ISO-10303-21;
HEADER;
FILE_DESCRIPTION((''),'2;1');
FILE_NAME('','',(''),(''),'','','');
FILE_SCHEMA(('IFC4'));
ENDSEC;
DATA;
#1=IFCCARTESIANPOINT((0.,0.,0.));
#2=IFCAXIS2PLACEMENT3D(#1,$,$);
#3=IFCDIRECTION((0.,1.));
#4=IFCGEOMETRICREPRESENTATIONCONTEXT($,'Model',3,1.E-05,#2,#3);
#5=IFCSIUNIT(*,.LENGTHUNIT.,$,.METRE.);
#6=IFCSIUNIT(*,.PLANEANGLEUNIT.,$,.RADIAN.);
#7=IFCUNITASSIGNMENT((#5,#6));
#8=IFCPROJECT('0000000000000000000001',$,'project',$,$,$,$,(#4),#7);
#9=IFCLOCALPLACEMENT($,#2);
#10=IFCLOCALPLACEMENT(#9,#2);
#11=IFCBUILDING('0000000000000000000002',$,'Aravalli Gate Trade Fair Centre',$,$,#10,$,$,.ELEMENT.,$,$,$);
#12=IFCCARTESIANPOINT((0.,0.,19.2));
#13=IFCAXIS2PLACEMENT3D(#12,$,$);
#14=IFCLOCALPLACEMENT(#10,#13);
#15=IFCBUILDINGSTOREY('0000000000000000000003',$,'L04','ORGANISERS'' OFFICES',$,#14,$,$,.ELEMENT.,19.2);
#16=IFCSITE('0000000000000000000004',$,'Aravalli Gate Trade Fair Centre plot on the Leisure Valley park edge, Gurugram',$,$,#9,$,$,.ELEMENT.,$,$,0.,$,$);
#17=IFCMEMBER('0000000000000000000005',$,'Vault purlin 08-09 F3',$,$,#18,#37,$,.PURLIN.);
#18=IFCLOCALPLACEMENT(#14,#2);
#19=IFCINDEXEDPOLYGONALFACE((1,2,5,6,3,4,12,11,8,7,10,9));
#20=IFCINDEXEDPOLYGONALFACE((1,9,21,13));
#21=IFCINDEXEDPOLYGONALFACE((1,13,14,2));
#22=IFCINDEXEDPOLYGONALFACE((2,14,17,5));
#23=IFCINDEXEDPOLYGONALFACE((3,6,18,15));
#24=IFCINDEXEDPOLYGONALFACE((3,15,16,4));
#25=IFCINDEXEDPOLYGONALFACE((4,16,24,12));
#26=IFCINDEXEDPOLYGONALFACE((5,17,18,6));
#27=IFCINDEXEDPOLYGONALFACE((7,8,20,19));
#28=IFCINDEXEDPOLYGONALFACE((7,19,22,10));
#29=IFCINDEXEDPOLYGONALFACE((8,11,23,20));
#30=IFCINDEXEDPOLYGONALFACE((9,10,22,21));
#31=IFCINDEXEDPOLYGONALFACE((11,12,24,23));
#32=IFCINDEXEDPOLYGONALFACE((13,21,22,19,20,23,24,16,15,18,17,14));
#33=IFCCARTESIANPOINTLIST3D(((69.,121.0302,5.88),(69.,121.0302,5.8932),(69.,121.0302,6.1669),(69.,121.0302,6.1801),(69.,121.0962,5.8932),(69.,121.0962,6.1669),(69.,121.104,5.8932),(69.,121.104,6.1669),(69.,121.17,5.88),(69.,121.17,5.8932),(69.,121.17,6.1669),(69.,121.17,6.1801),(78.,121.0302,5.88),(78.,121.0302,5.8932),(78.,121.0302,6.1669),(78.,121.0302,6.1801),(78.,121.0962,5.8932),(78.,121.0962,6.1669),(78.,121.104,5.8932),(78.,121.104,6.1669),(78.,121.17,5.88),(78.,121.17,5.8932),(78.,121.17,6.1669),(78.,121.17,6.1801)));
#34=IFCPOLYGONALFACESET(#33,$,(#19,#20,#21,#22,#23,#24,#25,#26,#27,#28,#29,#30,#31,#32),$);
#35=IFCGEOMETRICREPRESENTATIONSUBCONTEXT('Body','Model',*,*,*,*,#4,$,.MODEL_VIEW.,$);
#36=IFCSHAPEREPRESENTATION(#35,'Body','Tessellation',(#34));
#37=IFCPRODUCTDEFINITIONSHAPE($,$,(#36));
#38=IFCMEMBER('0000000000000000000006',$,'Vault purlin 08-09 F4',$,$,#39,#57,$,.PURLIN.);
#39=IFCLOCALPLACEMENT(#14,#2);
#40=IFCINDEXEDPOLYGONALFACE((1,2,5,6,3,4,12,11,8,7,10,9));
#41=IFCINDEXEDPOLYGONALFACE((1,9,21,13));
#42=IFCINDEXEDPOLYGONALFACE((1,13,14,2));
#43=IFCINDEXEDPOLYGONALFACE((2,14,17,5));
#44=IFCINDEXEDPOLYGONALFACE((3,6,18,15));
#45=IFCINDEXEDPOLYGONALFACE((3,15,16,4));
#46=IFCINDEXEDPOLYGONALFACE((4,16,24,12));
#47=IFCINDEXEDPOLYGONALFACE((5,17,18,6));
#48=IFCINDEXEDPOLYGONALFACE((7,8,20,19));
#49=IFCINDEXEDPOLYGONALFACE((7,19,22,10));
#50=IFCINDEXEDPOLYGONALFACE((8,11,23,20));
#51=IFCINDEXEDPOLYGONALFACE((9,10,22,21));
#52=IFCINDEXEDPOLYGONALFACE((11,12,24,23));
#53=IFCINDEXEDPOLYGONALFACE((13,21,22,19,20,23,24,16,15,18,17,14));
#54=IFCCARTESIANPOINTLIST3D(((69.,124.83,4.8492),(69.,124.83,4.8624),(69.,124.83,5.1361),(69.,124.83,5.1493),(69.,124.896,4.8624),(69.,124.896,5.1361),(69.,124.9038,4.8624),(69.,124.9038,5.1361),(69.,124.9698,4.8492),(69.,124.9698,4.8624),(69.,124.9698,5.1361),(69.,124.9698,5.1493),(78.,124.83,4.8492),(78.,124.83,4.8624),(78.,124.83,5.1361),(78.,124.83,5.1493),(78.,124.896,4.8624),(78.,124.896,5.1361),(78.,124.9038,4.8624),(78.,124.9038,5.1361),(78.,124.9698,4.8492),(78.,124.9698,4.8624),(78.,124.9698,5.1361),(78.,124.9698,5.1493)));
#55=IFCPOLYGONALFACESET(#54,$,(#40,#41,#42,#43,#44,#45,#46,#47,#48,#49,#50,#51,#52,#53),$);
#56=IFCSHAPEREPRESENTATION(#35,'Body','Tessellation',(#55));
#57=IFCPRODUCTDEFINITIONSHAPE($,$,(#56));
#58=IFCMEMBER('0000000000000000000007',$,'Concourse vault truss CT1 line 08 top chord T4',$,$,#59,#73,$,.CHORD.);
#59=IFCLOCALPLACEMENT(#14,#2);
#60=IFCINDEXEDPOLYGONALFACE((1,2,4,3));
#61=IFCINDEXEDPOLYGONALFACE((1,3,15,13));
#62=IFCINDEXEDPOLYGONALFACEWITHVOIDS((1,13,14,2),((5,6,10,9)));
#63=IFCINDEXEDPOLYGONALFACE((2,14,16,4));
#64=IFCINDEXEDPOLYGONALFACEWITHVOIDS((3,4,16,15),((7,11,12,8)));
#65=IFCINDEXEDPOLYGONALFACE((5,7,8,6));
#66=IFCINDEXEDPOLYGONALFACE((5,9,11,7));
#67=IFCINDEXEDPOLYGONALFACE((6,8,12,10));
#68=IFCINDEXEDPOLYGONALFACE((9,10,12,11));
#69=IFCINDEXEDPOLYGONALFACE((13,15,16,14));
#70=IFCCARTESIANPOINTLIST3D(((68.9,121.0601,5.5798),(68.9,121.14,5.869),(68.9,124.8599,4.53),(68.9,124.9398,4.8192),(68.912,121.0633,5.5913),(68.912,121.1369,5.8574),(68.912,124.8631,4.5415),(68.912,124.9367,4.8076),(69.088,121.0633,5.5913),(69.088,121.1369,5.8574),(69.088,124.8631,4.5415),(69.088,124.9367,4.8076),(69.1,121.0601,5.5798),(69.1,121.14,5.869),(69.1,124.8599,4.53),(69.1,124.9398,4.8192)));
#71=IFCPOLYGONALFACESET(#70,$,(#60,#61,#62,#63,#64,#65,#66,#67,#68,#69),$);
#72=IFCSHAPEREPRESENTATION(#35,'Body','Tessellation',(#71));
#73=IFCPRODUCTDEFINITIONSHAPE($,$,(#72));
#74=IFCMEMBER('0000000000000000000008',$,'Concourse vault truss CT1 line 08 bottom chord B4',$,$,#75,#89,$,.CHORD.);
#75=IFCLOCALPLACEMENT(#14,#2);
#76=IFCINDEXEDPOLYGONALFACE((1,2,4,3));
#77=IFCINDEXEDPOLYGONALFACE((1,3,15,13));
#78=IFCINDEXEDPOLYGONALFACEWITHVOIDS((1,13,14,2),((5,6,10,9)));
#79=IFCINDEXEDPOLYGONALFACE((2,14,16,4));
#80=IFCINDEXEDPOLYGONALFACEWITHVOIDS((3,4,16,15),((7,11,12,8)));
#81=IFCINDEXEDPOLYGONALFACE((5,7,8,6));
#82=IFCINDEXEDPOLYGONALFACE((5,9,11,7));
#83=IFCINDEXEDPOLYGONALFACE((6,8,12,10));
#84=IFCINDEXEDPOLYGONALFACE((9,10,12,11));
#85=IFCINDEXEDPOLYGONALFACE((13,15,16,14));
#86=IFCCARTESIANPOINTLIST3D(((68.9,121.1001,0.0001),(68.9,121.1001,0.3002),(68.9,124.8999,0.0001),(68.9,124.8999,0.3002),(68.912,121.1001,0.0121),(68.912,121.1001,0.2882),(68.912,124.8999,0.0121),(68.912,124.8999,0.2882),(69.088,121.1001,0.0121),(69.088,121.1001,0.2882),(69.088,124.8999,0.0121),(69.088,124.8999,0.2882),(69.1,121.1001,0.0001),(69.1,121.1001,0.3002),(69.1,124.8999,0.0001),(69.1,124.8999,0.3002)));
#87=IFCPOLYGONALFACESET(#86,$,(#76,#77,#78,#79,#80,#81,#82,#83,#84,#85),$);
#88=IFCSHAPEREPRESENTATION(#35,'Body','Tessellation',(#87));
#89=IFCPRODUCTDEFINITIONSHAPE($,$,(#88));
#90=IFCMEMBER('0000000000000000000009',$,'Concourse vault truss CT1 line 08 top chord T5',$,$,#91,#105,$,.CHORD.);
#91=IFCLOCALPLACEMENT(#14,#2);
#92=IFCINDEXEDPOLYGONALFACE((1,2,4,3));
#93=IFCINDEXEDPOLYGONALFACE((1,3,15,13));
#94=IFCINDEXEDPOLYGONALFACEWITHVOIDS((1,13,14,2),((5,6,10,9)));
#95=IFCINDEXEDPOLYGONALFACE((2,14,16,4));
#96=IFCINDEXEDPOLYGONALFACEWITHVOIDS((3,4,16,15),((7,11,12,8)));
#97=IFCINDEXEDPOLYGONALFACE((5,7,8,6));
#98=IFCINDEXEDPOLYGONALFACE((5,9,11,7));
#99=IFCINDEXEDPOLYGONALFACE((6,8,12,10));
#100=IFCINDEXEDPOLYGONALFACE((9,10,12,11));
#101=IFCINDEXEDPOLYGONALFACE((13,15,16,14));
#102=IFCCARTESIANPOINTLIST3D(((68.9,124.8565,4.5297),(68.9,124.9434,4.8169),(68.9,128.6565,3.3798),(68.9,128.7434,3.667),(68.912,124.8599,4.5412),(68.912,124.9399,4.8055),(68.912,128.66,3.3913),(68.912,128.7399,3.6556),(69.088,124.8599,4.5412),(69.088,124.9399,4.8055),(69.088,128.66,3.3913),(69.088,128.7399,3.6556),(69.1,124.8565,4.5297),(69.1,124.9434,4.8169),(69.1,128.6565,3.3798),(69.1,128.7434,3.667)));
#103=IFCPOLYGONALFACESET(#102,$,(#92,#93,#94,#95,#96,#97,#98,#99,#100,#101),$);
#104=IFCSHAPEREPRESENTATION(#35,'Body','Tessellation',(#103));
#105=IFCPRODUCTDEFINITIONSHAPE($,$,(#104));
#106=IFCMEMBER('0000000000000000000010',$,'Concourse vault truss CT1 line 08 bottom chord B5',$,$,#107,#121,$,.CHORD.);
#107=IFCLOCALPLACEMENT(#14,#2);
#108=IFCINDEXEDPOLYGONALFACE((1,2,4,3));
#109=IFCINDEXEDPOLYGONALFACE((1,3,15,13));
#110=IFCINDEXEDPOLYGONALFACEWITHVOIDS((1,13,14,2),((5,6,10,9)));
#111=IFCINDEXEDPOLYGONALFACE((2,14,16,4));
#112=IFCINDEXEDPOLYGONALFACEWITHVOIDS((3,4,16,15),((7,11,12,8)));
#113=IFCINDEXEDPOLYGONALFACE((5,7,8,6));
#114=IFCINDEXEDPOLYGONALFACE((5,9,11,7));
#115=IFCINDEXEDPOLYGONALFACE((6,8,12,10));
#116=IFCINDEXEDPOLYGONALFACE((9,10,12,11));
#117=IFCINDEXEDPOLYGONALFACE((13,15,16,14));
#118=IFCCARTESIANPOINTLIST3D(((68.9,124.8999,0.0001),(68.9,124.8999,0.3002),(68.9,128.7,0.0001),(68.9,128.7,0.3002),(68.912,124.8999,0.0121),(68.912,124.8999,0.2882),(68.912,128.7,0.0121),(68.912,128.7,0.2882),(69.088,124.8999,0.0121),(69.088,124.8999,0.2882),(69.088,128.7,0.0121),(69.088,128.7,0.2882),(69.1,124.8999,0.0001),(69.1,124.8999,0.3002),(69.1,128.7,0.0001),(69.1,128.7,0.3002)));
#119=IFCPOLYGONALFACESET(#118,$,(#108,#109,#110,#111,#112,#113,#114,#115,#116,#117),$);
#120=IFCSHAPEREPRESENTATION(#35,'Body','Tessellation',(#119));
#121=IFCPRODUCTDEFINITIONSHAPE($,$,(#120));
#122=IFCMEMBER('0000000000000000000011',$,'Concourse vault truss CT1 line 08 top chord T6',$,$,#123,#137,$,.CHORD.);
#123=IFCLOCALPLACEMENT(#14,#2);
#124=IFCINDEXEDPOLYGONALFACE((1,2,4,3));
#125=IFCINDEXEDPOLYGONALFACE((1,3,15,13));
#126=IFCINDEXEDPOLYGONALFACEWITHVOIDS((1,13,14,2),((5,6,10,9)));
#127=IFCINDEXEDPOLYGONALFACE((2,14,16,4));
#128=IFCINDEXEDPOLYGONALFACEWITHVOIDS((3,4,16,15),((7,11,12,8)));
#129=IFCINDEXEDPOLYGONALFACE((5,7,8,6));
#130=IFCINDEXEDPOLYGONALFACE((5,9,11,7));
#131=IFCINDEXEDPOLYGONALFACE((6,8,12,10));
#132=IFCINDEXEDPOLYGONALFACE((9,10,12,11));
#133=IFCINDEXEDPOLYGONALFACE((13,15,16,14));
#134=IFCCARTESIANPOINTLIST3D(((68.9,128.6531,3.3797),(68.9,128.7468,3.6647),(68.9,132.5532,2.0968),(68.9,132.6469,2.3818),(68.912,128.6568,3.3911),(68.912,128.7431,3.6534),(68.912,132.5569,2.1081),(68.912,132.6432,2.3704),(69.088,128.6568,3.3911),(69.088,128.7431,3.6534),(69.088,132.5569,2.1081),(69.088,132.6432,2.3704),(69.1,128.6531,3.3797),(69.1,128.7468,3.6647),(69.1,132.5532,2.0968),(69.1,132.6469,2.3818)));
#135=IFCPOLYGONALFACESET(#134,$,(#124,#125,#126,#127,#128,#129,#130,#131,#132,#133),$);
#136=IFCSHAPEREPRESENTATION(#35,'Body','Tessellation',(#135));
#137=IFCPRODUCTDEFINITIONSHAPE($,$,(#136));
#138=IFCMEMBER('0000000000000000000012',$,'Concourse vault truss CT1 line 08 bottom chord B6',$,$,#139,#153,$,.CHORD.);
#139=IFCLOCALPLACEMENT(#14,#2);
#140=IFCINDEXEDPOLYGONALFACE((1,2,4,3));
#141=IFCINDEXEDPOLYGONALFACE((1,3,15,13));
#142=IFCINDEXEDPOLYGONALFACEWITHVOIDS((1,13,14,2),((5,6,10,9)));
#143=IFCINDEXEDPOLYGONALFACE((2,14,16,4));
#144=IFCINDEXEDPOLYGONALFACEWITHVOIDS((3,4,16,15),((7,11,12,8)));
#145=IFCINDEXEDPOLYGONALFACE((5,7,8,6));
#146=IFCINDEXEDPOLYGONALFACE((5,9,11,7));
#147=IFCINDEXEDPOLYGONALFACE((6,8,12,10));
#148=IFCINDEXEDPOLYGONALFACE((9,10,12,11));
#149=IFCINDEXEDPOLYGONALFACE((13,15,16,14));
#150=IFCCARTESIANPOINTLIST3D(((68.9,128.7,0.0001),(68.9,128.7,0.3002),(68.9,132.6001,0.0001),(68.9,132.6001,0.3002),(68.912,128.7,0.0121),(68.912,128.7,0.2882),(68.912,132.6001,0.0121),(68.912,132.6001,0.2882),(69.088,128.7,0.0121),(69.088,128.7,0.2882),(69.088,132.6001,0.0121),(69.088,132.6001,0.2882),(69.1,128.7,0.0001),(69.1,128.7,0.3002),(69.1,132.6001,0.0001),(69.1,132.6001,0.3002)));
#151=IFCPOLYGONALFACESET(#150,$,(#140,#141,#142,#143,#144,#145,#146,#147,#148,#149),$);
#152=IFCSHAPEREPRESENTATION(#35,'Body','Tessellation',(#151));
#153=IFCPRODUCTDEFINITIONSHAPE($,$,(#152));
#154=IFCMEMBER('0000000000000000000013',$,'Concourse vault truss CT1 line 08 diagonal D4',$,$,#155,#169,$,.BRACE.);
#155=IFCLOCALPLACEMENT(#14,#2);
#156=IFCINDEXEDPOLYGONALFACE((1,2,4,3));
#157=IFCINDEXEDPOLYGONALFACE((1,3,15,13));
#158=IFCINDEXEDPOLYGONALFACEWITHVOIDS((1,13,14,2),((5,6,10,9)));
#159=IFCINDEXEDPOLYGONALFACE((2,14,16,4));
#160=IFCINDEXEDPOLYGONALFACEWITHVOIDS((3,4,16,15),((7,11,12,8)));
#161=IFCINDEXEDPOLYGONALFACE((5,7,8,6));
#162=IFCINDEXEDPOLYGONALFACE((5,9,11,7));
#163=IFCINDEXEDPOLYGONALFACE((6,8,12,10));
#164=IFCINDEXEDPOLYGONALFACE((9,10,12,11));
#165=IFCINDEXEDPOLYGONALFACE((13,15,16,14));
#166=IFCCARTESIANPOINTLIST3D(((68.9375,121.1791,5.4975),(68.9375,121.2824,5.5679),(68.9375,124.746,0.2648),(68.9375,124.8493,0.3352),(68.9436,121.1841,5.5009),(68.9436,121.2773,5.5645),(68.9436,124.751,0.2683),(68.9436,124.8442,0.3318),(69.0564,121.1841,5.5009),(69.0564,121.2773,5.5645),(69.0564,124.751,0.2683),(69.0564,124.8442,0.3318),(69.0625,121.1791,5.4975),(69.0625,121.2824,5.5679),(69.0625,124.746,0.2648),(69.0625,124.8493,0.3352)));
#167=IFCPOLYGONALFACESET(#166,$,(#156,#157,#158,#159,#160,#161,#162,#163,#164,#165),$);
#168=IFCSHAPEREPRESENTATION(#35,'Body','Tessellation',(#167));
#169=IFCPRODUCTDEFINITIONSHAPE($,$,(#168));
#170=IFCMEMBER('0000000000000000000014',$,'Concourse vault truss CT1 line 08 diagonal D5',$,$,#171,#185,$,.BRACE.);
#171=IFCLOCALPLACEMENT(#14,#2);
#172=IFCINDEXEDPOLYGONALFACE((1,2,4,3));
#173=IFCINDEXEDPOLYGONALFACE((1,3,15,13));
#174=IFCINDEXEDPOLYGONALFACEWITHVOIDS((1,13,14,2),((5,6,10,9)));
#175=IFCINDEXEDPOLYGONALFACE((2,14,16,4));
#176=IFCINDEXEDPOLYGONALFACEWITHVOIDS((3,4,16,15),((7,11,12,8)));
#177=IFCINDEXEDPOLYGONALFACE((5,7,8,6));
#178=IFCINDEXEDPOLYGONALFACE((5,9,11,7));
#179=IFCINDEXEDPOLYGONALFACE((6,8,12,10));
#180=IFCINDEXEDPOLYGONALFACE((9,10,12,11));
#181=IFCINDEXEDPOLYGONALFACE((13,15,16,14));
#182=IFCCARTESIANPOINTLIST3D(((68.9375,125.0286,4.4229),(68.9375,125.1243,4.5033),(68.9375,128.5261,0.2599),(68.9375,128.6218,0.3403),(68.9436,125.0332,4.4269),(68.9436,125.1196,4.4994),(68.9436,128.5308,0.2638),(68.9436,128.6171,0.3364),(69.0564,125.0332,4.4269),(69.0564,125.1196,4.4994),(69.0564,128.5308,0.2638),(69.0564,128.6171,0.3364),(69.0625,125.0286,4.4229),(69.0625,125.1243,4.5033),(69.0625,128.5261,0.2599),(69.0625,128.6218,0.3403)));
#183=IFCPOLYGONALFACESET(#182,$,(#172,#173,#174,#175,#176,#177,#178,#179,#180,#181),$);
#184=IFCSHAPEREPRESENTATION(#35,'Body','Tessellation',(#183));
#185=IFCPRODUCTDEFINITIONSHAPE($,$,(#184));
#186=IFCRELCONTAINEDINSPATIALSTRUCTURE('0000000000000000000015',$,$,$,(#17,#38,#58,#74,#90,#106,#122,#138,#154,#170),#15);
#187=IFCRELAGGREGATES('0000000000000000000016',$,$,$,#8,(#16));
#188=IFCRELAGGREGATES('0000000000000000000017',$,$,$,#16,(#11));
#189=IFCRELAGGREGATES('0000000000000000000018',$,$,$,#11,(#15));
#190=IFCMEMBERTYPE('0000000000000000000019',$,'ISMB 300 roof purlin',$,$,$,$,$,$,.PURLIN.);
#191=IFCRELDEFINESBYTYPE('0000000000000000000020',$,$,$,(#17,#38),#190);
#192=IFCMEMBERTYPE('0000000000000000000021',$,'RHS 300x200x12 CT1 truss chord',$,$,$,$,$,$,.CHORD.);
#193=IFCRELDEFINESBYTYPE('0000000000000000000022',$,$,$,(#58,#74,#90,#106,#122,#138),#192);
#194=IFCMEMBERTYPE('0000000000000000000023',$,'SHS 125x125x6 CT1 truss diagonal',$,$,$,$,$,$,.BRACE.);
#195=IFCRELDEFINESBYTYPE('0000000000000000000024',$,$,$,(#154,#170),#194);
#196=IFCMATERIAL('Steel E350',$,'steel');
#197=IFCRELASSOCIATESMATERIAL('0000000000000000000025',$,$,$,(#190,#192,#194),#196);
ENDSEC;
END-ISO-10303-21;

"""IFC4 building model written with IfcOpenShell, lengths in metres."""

from ifc_helpers import new_model, si_unit, direction, frame, origin, origin_2d, place, context, subcontext, project, spatial, hollow_rectangle, i_section, extrude, material, material_profile, profile_set, type_object, element, save


model = new_model("IFC4")

# Units and contexts
model_context = context("Model", 3, precision=1e-05, world=origin(), true_north=direction((0.0, 1.0)))
body_context = subcontext(model_context, "Body", "Model", "MODEL_VIEW")
ifc_project = project(units=[si_unit("LENGTHUNIT", "METRE"), si_unit("PLANEANGLEUNIT", "RADIAN")], contexts=[model_context])

# Site, building, storey
site_placement = place(None, origin())
site = spatial("IfcSite", under=ifc_project, at=site_placement, Name="Aravalli Gate Trade Fair Centre plot on the Leisure Valley park edge, Gurugram", CompositionType="ELEMENT", RefElevation=0.0)
building_placement = place(site_placement, origin())
building = spatial("IfcBuilding", under=site, at=building_placement, Name="Aravalli Gate Trade Fair Centre", CompositionType="ELEMENT")
storey_placement = place(building_placement, frame((0.0, 0.0, 19.2)))
storey = spatial("IfcBuildingStorey", under=building, at=storey_placement, Name="L04", Description="ORGANISERS' OFFICES", CompositionType="ELEMENT", Elevation=19.2)

# Members
ifc_material_1 = material(Name="Steel E350", Category="steel")
ifc_material_profile_1 = material_profile(ifc_material_1, i_section(OverallWidth=0.1399, OverallDepth=0.3, WebThickness=0.0078, FlangeThickness=0.0132, at=origin_2d()), Name="ISMB 300")
ifc_profile_set_1 = profile_set([ifc_material_profile_1], Name="Steel E350")
member_type_1 = type_object("IfcMemberType", Name="ISMB 300 roof purlin", PredefinedType="PURLIN", material=ifc_profile_set_1)
for number, where, z_axis, x_axis, name in (
    (1, (69.0, 121.1001, 6.03), (1.0, 0.0, 0.0), (0.0, 1.0, 0.0), "Vault purlin 08-09 F3"),
    (2, (69.0, 124.8999, 4.9993), (1.0, 0.0, 0.0), (0.0, 1.0, 0.0), "Vault purlin 08-09 F4"),
):
    element("IfcMember", number, at=place(storey_placement, frame(where, z_axis=z_axis, x_axis=x_axis)), inside=storey, type_object=member_type_1, Name=name, PredefinedType="PURLIN", context=body_context, shape_type="SweptSolid", body=[
        extrude(i_section(OverallWidth=0.1399, OverallDepth=0.3, WebThickness=0.0078, FlangeThickness=0.0132, at=origin_2d()), origin(), (0.0, 0.0, 1.0), 9.0),
    ])
ifc_material_profile_2 = material_profile(ifc_material_1, hollow_rectangle(XDim=0.2, YDim=0.3, WallThickness=0.012, at=origin_2d()), Name="RHS 300x200x12")
ifc_profile_set_2 = profile_set([ifc_material_profile_2], Name="Steel E350")
member_type_2 = type_object("IfcMemberType", Name="RHS 300x200x12 CT1 truss chord", PredefinedType="CHORD", material=ifc_profile_set_2)
member_1_placement = place(storey_placement, frame((69.0, 121.1001, 5.7244), z_axis=(0.0, 0.96389, -0.266302), x_axis=(-1.0, 0.0, 0.0)))
element("IfcMember", 3, at=member_1_placement, inside=storey, type_object=member_type_2, Name="Concourse vault truss CT1 line 08 top chord T4", PredefinedType="CHORD", context=body_context, shape_type="SweptSolid", body=[
    extrude(hollow_rectangle(XDim=0.2, YDim=0.3, WallThickness=0.012, at=origin_2d()), origin(), (0.0, 0.0, 1.0), 3.9421),
])
member_2_placement = place(storey_placement, frame((69.0, 121.1001, 0.1501), z_axis=(0.0, 1.0, 0.0), x_axis=(-1.0, 0.0, 0.0)))
element("IfcMember", 4, at=member_2_placement, inside=storey, type_object=member_type_2, Name="Concourse vault truss CT1 line 08 bottom chord B4", PredefinedType="CHORD", context=body_context, shape_type="SweptSolid", body=[
    extrude(hollow_rectangle(XDim=0.2, YDim=0.3, WallThickness=0.012, at=origin_2d()), origin(), (0.0, 0.0, 1.0), 3.7998),
])
member_3_placement = place(storey_placement, frame((69.0, 124.8999, 4.6733), z_axis=(0.0, 0.957138, -0.289632), x_axis=(-1.0, 0.0, 0.0)))
element("IfcMember", 5, at=member_3_placement, inside=storey, type_object=member_type_2, Name="Concourse vault truss CT1 line 08 top chord T5", PredefinedType="CHORD", context=body_context, shape_type="SweptSolid", body=[
    extrude(hollow_rectangle(XDim=0.2, YDim=0.3, WallThickness=0.012, at=origin_2d()), origin(), (0.0, 0.0, 1.0), 3.9702),
])
member_4_placement = place(storey_placement, frame((69.0, 124.8999, 0.1501), z_axis=(0.0, 1.0, 0.0), x_axis=(-1.0, 0.0, 0.0)))
element("IfcMember", 6, at=member_4_placement, inside=storey, type_object=member_type_2, Name="Concourse vault truss CT1 line 08 bottom chord B5", PredefinedType="CHORD", context=body_context, shape_type="SweptSolid", body=[
    extrude(hollow_rectangle(XDim=0.2, YDim=0.3, WallThickness=0.012, at=origin_2d()), origin(), (0.0, 0.0, 1.0), 3.8),
])
member_5_placement = place(storey_placement, frame((69.0, 128.7, 3.5222), z_axis=(0.0, 0.949925, -0.312479), x_axis=(-1.0, 0.0, 0.0)))
element("IfcMember", 7, at=member_5_placement, inside=storey, type_object=member_type_2, Name="Concourse vault truss CT1 line 08 top chord T6", PredefinedType="CHORD", context=body_context, shape_type="SweptSolid", body=[
    extrude(hollow_rectangle(XDim=0.2, YDim=0.3, WallThickness=0.012, at=origin_2d()), origin(), (0.0, 0.0, 1.0), 4.1057),
])
member_6_placement = place(storey_placement, frame((69.0, 128.7, 0.1501), z_axis=(0.0, 1.0, 0.0), x_axis=(-1.0, 0.0, 0.0)))
element("IfcMember", 8, at=member_6_placement, inside=storey, type_object=member_type_2, Name="Concourse vault truss CT1 line 08 bottom chord B6", PredefinedType="CHORD", context=body_context, shape_type="SweptSolid", body=[
    extrude(hollow_rectangle(XDim=0.2, YDim=0.3, WallThickness=0.012, at=origin_2d()), origin(), (0.0, 0.0, 1.0), 3.9001),
])
ifc_material_profile_3 = material_profile(ifc_material_1, hollow_rectangle(XDim=0.125, YDim=0.125, WallThickness=0.0061, at=origin_2d()), Name="SHS 125x125x6")
ifc_profile_set_3 = profile_set([ifc_material_profile_3], Name="Steel E350")
member_type_3 = type_object("IfcMemberType", Name="SHS 125x125x6 CT1 truss diagonal", PredefinedType="BRACE", material=ifc_profile_set_3)
member_7_placement = place(storey_placement, frame((69.0, 121.2307, 5.5327), z_axis=(0.0, 0.563247, -0.826289), x_axis=(-1.0, 0.0, 0.0)))
element("IfcMember", 9, at=member_7_placement, inside=storey, type_object=member_type_3, Name="Concourse vault truss CT1 line 08 diagonal D4", PredefinedType="BRACE", context=body_context, shape_type="SweptSolid", body=[
    extrude(hollow_rectangle(XDim=0.125, YDim=0.125, WallThickness=0.0061, at=origin_2d()), origin(), (0.0, 0.0, 1.0), 6.3328),
])
member_8_placement = place(storey_placement, frame((69.0, 125.0764, 4.4631), z_axis=(0.0, 0.643253, -0.765654), x_axis=(-1.0, 0.0, 0.0)))
element("IfcMember", 10, at=member_8_placement, inside=storey, type_object=member_type_3, Name="Concourse vault truss CT1 line 08 diagonal D5", PredefinedType="BRACE", context=body_context, shape_type="SweptSolid", body=[
    extrude(hollow_rectangle(XDim=0.125, YDim=0.125, WallThickness=0.0061, at=origin_2d()), origin(), (0.0, 0.0, 1.0), 5.4373),
])

save(model, "model.ifc")
